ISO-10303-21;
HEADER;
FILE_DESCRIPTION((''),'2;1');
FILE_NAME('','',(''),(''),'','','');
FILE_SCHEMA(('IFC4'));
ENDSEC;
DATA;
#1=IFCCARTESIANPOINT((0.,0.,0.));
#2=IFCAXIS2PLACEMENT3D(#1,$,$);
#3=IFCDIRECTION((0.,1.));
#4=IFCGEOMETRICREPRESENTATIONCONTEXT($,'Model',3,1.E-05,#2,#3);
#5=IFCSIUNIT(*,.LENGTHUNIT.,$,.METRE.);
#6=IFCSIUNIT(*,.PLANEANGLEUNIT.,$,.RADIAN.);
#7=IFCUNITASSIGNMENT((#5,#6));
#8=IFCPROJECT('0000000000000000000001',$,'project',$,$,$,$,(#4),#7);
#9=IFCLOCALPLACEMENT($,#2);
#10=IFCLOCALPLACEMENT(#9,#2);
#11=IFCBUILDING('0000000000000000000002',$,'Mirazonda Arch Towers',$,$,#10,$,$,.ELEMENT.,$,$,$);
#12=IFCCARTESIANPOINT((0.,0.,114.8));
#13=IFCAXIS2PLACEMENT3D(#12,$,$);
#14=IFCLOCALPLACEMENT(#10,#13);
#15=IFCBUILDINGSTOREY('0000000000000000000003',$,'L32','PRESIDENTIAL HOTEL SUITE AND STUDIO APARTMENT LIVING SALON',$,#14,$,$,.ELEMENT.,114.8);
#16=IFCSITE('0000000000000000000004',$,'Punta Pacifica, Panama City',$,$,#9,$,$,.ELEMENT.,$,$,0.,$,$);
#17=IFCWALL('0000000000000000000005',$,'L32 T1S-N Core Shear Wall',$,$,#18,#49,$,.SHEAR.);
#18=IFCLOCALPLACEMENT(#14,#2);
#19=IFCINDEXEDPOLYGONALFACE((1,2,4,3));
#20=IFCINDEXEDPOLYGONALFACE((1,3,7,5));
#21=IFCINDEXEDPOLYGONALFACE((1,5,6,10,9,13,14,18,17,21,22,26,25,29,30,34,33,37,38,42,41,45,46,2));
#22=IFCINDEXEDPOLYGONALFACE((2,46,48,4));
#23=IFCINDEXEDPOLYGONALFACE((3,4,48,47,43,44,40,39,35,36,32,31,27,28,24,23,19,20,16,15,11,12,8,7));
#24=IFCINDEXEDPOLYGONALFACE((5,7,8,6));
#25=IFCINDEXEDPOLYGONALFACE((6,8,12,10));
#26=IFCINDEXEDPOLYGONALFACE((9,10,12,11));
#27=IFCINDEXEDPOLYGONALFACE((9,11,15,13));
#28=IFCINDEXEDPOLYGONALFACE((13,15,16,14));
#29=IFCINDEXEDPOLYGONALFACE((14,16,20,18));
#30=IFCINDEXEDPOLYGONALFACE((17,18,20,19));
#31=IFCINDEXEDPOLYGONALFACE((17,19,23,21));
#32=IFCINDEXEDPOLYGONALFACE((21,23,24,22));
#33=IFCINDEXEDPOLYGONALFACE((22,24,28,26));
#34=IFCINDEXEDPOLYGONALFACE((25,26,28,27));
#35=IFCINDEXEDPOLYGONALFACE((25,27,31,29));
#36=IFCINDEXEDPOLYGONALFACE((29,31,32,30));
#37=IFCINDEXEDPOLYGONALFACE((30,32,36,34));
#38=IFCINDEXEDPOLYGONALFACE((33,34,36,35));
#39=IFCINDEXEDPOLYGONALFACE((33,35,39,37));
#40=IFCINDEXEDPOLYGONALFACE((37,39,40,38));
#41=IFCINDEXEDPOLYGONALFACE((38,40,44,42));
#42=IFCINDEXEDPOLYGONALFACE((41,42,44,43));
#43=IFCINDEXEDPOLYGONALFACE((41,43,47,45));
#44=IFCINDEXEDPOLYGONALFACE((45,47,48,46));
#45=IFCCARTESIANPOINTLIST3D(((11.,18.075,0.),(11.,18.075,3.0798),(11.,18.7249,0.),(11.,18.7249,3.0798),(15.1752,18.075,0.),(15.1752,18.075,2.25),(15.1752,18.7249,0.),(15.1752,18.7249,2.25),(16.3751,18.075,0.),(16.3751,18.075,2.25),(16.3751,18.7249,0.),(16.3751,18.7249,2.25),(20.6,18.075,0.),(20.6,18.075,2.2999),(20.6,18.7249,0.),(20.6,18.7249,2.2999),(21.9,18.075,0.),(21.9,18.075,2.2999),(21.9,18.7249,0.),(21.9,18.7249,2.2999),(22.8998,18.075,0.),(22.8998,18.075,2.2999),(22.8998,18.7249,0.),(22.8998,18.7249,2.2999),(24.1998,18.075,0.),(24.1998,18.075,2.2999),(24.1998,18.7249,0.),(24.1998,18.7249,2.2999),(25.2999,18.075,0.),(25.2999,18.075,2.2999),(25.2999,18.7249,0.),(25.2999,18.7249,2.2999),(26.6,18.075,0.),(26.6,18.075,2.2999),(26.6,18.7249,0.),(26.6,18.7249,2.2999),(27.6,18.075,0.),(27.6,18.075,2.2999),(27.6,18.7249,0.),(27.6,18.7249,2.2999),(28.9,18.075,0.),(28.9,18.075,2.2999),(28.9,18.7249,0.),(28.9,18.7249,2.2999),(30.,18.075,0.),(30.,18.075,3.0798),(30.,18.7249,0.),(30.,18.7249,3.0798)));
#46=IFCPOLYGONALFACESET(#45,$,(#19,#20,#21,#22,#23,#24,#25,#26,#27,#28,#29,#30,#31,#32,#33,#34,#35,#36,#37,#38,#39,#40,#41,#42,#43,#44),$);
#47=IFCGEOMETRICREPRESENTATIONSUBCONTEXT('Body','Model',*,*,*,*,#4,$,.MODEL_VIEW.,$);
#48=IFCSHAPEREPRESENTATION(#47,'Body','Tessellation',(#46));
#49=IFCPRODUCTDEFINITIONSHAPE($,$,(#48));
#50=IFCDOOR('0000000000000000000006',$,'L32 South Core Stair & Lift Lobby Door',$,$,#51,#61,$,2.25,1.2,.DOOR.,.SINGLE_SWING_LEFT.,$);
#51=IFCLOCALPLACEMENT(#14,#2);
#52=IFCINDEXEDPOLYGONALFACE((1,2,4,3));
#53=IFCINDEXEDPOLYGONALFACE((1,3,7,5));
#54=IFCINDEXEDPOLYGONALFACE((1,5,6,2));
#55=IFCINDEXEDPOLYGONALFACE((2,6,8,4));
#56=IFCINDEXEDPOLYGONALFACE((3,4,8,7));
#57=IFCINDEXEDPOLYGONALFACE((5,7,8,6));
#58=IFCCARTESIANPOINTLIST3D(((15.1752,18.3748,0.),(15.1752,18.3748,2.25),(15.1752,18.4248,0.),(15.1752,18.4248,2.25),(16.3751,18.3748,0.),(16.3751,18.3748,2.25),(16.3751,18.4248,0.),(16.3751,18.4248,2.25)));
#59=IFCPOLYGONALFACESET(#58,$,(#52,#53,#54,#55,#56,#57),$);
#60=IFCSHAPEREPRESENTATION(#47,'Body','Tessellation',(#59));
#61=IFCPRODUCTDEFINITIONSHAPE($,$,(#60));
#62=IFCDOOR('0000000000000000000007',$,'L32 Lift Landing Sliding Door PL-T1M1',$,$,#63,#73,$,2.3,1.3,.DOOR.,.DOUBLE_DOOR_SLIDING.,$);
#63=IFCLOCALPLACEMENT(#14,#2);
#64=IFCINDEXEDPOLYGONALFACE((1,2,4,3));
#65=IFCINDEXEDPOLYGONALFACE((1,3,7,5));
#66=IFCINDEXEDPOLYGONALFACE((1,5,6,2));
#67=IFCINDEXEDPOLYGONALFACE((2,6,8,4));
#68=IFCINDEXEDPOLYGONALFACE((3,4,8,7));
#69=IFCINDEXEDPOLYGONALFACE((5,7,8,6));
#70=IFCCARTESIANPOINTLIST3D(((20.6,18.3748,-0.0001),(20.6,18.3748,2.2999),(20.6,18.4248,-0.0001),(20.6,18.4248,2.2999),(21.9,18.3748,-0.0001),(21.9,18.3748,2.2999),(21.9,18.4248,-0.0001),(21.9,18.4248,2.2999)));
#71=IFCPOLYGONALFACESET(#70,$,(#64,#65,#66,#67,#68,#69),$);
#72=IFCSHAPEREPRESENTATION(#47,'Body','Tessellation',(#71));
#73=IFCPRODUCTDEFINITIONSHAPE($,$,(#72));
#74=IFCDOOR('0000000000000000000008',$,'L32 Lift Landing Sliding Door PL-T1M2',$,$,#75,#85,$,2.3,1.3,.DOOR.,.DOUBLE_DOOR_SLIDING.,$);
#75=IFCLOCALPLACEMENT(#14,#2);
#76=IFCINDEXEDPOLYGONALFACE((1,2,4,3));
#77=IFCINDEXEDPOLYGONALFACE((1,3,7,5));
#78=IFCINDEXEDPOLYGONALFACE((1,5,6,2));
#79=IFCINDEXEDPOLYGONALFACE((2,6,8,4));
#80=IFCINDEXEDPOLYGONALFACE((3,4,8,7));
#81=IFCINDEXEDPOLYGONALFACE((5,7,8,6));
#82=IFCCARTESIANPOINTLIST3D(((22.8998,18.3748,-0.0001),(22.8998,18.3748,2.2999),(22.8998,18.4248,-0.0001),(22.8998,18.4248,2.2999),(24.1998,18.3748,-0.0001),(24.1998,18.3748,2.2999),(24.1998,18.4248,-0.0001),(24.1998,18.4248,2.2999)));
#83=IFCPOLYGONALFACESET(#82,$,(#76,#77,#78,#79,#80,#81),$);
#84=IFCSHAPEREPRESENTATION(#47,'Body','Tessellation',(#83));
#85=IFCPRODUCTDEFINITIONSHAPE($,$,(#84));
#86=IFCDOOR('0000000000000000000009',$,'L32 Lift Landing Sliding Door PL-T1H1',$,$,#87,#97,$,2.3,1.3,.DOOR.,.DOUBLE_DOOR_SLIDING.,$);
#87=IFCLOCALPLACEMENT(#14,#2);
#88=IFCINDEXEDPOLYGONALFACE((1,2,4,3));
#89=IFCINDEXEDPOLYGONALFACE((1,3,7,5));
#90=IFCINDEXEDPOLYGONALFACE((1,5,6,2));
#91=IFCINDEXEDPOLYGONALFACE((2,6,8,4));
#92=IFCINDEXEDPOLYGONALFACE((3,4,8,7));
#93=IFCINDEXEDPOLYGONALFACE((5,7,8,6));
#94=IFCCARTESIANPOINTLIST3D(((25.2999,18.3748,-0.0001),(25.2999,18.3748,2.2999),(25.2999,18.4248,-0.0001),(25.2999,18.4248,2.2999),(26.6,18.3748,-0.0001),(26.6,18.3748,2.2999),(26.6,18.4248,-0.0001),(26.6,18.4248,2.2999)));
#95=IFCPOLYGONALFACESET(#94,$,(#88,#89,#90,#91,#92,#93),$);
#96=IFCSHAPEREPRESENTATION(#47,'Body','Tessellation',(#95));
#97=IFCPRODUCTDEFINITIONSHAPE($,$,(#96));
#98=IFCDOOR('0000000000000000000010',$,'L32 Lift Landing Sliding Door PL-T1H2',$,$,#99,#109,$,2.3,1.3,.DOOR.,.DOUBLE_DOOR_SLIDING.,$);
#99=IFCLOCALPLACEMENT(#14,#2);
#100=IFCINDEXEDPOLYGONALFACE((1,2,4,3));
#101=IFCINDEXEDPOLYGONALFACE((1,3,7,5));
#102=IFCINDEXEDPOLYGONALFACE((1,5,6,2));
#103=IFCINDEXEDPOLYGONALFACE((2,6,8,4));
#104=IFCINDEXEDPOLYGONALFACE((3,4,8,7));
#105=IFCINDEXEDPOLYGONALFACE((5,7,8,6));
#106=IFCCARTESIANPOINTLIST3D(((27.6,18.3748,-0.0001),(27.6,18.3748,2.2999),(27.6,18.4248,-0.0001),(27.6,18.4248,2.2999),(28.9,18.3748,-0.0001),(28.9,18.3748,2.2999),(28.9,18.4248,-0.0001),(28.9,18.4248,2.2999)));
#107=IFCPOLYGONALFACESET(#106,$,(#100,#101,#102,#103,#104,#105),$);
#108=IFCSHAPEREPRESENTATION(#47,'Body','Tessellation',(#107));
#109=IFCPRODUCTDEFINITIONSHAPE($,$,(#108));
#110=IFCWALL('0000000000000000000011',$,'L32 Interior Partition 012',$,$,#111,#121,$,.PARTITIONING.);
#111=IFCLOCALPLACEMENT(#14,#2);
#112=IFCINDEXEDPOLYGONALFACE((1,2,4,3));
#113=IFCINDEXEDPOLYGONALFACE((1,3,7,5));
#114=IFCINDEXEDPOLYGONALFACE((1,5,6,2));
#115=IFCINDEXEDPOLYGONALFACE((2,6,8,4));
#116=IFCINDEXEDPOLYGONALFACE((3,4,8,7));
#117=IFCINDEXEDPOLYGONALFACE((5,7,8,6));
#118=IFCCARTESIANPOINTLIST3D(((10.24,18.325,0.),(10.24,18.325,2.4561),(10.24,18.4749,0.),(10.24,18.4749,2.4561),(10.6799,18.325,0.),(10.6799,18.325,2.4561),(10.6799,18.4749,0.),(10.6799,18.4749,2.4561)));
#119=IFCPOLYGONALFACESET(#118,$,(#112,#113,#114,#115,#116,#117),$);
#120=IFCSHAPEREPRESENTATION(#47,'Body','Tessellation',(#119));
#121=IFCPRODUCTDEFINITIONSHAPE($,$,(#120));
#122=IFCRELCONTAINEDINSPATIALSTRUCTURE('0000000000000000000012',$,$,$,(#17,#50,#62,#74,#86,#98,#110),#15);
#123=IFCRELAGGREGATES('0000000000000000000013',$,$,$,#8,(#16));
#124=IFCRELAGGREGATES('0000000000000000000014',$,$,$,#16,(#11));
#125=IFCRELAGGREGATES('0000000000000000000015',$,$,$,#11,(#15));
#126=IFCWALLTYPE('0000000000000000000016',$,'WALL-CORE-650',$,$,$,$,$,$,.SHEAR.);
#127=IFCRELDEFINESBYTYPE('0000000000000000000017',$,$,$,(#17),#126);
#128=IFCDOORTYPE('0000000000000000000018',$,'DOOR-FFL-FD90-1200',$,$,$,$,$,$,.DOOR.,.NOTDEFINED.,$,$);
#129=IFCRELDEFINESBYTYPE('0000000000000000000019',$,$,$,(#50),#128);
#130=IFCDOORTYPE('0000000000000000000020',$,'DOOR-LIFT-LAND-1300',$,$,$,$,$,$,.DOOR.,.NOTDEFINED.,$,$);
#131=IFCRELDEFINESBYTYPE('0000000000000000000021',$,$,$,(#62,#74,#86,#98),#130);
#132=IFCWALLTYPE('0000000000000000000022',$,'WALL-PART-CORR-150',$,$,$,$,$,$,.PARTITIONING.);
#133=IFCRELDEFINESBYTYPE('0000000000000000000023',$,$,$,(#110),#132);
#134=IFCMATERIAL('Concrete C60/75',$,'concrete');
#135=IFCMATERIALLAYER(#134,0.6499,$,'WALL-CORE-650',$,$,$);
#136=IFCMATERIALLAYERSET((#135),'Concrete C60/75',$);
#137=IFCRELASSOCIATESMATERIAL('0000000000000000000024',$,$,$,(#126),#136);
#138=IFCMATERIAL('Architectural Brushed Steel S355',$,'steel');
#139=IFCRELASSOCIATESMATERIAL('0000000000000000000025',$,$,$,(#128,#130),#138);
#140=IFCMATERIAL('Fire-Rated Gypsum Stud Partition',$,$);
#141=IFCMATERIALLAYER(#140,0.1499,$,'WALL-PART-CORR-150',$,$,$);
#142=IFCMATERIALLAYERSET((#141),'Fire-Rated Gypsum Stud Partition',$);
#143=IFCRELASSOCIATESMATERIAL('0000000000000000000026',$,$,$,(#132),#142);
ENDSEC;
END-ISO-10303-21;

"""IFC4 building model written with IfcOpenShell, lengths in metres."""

from ifc_helpers import new_model, si_unit, direction, frame, frame_2d, origin, place, context, subcontext, project, spatial, rectangle, extrude, material, layer, layer_set, type_object, element, fill, save


model = new_model("IFC4")

# Units and contexts
model_context = context("Model", 3, precision=1e-05, world=origin(), true_north=direction((0.0, 1.0)))
body_context = subcontext(model_context, "Body", "Model", "MODEL_VIEW")
ifc_project = project(units=[si_unit("LENGTHUNIT", "METRE"), si_unit("PLANEANGLEUNIT", "RADIAN")], contexts=[model_context])

# Site, building, storey
site_placement = place(None, origin())
site = spatial("IfcSite", under=ifc_project, at=site_placement, Name="Punta Pacifica, Panama City", CompositionType="ELEMENT", RefElevation=0.0)
building_placement = place(site_placement, origin())
building = spatial("IfcBuilding", under=site, at=building_placement, Name="Mirazonda Arch Towers", CompositionType="ELEMENT")
storey_placement = place(building_placement, frame((0.0, 0.0, 114.8)))
storey = spatial("IfcBuildingStorey", under=building, at=storey_placement, Name="L32", Description="PRESIDENTIAL HOTEL SUITE AND STUDIO APARTMENT LIVING SALON", CompositionType="ELEMENT", Elevation=114.8)

# Shared definitions
ifc_material_1 = material(Name="Architectural Brushed Steel S355", Category="steel")

# Wall, openings, doors
ifc_material_2 = material(Name="Concrete C60/75", Category="concrete")
ifc_layer_1 = layer(ifc_material_2, 0.6499, Name="WALL-CORE-650")
ifc_layer_set_1 = layer_set([ifc_layer_1], Name="Concrete C60/75")
wall_type_1 = type_object("IfcWallType", Name="WALL-CORE-650", PredefinedType="SHEAR", material=ifc_layer_set_1)
wall_1_placement = place(storey_placement, frame((11.0, 18.3999, 0.0), z_axis=(0.0, 0.0, 1.0), x_axis=(1.0, 0.0, 0.0)))
wall_1 = element("IfcWall", 1, at=wall_1_placement, inside=storey, type_object=wall_type_1, Name="L32 T1S-N Core Shear Wall", PredefinedType="SHEAR", context=body_context, shape_type="SweptSolid", body=[
    extrude(rectangle(XDim=19.0, YDim=0.6499, at=frame_2d((9.5, 0.0))), origin(), (0.0, 0.0, 1.0), 3.0798),
])
opening_1_placement = place(wall_1_placement, frame((4.175, 0.0, 0.0)))
opening_1 = element("IfcOpeningElement", 2, at=opening_1_placement, cuts=wall_1, PredefinedType="OPENING", context=body_context, shape_type="SweptSolid", body=[
    extrude(rectangle(XDim=1.2, YDim=2.25, at=frame_2d((0.6001, 1.125))), frame((0.0, 0.335, 0.0), z_axis=(0.0, -1.0, 0.0), x_axis=(1.0, 0.0, 0.0)), (0.0, 0.0, 1.0), 0.6699),
])
opening_2_placement = place(wall_1_placement, frame((9.6001, 0.0, 0.0)))
opening_2 = element("IfcOpeningElement", 3, at=opening_2_placement, cuts=wall_1, PredefinedType="OPENING", context=body_context, shape_type="SweptSolid", body=[
    extrude(rectangle(XDim=1.3, YDim=2.3, at=frame_2d((0.6499, 1.1499))), frame((0.0, 0.335, 0.0), z_axis=(0.0, -1.0, 0.0), x_axis=(1.0, 0.0, 0.0)), (0.0, 0.0, 1.0), 0.6699),
])
opening_3_placement = place(wall_1_placement, frame((11.8999, 0.0, 0.0)))
opening_3 = element("IfcOpeningElement", 4, at=opening_3_placement, cuts=wall_1, PredefinedType="OPENING", context=body_context, shape_type="SweptSolid", body=[
    extrude(rectangle(XDim=1.3, YDim=2.3, at=frame_2d((0.6499, 1.1499))), frame((0.0, 0.335, 0.0), z_axis=(0.0, -1.0, 0.0), x_axis=(1.0, 0.0, 0.0)), (0.0, 0.0, 1.0), 0.6699),
])
opening_4_placement = place(wall_1_placement, frame((14.3, 0.0, 0.0)))
opening_4 = element("IfcOpeningElement", 5, at=opening_4_placement, cuts=wall_1, PredefinedType="OPENING", context=body_context, shape_type="SweptSolid", body=[
    extrude(rectangle(XDim=1.3, YDim=2.3, at=frame_2d((0.6499, 1.1499))), frame((0.0, 0.335, 0.0), z_axis=(0.0, -1.0, 0.0), x_axis=(1.0, 0.0, 0.0)), (0.0, 0.0, 1.0), 0.6699),
])
opening_5_placement = place(wall_1_placement, frame((16.6001, 0.0, 0.0)))
opening_5 = element("IfcOpeningElement", 6, at=opening_5_placement, cuts=wall_1, PredefinedType="OPENING", context=body_context, shape_type="SweptSolid", body=[
    extrude(rectangle(XDim=1.3, YDim=2.3, at=frame_2d((0.6499, 1.1499))), frame((0.0, 0.335, 0.0), z_axis=(0.0, -1.0, 0.0), x_axis=(1.0, 0.0, 0.0)), (0.0, 0.0, 1.0), 0.6699),
])
door_type_1 = type_object("IfcDoorType", Name="DOOR-FFL-FD90-1200", OperationType="NOTDEFINED", PredefinedType="DOOR", material=ifc_material_1)
door_1_placement = place(opening_1_placement, origin())
door_1 = element("IfcDoor", 7, at=door_1_placement, inside=storey, type_object=door_type_1, Name="L32 South Core Stair & Lift Lobby Door", OperationType="SINGLE_SWING_LEFT", OverallHeight=2.25, OverallWidth=1.2, PredefinedType="DOOR", context=body_context, shape_type="SweptSolid", body=[
    extrude(rectangle(XDim=1.2, YDim=2.25, at=frame_2d((0.6001, 1.125))), frame((0.0, 0.0249, 0.0), z_axis=(0.0, -1.0, 0.0), x_axis=(1.0, 0.0, 0.0)), (0.0, 0.0, 1.0), 0.05),
])
fill(opening_1, door_1)
door_type_2 = type_object("IfcDoorType", Name="DOOR-LIFT-LAND-1300", OperationType="NOTDEFINED", PredefinedType="DOOR", material=ifc_material_1)
door_2_placement = place(opening_2_placement, origin())
door_2 = element("IfcDoor", 8, at=door_2_placement, inside=storey, type_object=door_type_2, Name="L32 Lift Landing Sliding Door PL-T1M1", OperationType="DOUBLE_DOOR_SLIDING", OverallHeight=2.3, OverallWidth=1.3, PredefinedType="DOOR", context=body_context, shape_type="SweptSolid", body=[
    extrude(rectangle(XDim=1.3, YDim=2.3, at=frame_2d((0.6499, 1.1499))), frame((0.0, 0.0249, 0.0), z_axis=(0.0, -1.0, 0.0), x_axis=(1.0, 0.0, 0.0)), (0.0, 0.0, 1.0), 0.05),
])
fill(opening_2, door_2)
door_3_placement = place(opening_3_placement, origin())
door_3 = element("IfcDoor", 9, at=door_3_placement, inside=storey, type_object=door_type_2, Name="L32 Lift Landing Sliding Door PL-T1M2", OperationType="DOUBLE_DOOR_SLIDING", OverallHeight=2.3, OverallWidth=1.3, PredefinedType="DOOR", context=body_context, shape_type="SweptSolid", body=[
    extrude(rectangle(XDim=1.3, YDim=2.3, at=frame_2d((0.6499, 1.1499))), frame((0.0, 0.0249, 0.0), z_axis=(0.0, -1.0, 0.0), x_axis=(1.0, 0.0, 0.0)), (0.0, 0.0, 1.0), 0.05),
])
fill(opening_3, door_3)
door_4_placement = place(opening_4_placement, origin())
door_4 = element("IfcDoor", 10, at=door_4_placement, inside=storey, type_object=door_type_2, Name="L32 Lift Landing Sliding Door PL-T1H1", OperationType="DOUBLE_DOOR_SLIDING", OverallHeight=2.3, OverallWidth=1.3, PredefinedType="DOOR", context=body_context, shape_type="SweptSolid", body=[
    extrude(rectangle(XDim=1.3, YDim=2.3, at=frame_2d((0.6499, 1.1499))), frame((0.0, 0.0249, 0.0), z_axis=(0.0, -1.0, 0.0), x_axis=(1.0, 0.0, 0.0)), (0.0, 0.0, 1.0), 0.05),
])
fill(opening_4, door_4)
door_5_placement = place(opening_5_placement, origin())
door_5 = element("IfcDoor", 11, at=door_5_placement, inside=storey, type_object=door_type_2, Name="L32 Lift Landing Sliding Door PL-T1H2", OperationType="DOUBLE_DOOR_SLIDING", OverallHeight=2.3, OverallWidth=1.3, PredefinedType="DOOR", context=body_context, shape_type="SweptSolid", body=[
    extrude(rectangle(XDim=1.3, YDim=2.3, at=frame_2d((0.6499, 1.1499))), frame((0.0, 0.0249, 0.0), z_axis=(0.0, -1.0, 0.0), x_axis=(1.0, 0.0, 0.0)), (0.0, 0.0, 1.0), 0.05),
])
fill(opening_5, door_5)

# Wall
ifc_material_3 = material(Name="Fire-Rated Gypsum Stud Partition")
ifc_layer_2 = layer(ifc_material_3, 0.1499, Name="WALL-PART-CORR-150")
ifc_layer_set_2 = layer_set([ifc_layer_2], Name="Fire-Rated Gypsum Stud Partition")
wall_type_2 = type_object("IfcWallType", Name="WALL-PART-CORR-150", PredefinedType="PARTITIONING", material=ifc_layer_set_2)
wall_2_placement = place(storey_placement, frame((10.24, 18.3999, 0.0), z_axis=(0.0, 0.0, 1.0), x_axis=(1.0, 0.0, 0.0)))
element("IfcWall", 12, at=wall_2_placement, inside=storey, type_object=wall_type_2, Name="L32 Interior Partition 012", PredefinedType="PARTITIONING", context=body_context, shape_type="SweptSolid", body=[
    extrude(rectangle(XDim=0.4399, YDim=0.1499, at=frame_2d((0.22, 0.0))), origin(), (0.0, 0.0, 1.0), 2.4561),
])

save(model, "model.ifc")
